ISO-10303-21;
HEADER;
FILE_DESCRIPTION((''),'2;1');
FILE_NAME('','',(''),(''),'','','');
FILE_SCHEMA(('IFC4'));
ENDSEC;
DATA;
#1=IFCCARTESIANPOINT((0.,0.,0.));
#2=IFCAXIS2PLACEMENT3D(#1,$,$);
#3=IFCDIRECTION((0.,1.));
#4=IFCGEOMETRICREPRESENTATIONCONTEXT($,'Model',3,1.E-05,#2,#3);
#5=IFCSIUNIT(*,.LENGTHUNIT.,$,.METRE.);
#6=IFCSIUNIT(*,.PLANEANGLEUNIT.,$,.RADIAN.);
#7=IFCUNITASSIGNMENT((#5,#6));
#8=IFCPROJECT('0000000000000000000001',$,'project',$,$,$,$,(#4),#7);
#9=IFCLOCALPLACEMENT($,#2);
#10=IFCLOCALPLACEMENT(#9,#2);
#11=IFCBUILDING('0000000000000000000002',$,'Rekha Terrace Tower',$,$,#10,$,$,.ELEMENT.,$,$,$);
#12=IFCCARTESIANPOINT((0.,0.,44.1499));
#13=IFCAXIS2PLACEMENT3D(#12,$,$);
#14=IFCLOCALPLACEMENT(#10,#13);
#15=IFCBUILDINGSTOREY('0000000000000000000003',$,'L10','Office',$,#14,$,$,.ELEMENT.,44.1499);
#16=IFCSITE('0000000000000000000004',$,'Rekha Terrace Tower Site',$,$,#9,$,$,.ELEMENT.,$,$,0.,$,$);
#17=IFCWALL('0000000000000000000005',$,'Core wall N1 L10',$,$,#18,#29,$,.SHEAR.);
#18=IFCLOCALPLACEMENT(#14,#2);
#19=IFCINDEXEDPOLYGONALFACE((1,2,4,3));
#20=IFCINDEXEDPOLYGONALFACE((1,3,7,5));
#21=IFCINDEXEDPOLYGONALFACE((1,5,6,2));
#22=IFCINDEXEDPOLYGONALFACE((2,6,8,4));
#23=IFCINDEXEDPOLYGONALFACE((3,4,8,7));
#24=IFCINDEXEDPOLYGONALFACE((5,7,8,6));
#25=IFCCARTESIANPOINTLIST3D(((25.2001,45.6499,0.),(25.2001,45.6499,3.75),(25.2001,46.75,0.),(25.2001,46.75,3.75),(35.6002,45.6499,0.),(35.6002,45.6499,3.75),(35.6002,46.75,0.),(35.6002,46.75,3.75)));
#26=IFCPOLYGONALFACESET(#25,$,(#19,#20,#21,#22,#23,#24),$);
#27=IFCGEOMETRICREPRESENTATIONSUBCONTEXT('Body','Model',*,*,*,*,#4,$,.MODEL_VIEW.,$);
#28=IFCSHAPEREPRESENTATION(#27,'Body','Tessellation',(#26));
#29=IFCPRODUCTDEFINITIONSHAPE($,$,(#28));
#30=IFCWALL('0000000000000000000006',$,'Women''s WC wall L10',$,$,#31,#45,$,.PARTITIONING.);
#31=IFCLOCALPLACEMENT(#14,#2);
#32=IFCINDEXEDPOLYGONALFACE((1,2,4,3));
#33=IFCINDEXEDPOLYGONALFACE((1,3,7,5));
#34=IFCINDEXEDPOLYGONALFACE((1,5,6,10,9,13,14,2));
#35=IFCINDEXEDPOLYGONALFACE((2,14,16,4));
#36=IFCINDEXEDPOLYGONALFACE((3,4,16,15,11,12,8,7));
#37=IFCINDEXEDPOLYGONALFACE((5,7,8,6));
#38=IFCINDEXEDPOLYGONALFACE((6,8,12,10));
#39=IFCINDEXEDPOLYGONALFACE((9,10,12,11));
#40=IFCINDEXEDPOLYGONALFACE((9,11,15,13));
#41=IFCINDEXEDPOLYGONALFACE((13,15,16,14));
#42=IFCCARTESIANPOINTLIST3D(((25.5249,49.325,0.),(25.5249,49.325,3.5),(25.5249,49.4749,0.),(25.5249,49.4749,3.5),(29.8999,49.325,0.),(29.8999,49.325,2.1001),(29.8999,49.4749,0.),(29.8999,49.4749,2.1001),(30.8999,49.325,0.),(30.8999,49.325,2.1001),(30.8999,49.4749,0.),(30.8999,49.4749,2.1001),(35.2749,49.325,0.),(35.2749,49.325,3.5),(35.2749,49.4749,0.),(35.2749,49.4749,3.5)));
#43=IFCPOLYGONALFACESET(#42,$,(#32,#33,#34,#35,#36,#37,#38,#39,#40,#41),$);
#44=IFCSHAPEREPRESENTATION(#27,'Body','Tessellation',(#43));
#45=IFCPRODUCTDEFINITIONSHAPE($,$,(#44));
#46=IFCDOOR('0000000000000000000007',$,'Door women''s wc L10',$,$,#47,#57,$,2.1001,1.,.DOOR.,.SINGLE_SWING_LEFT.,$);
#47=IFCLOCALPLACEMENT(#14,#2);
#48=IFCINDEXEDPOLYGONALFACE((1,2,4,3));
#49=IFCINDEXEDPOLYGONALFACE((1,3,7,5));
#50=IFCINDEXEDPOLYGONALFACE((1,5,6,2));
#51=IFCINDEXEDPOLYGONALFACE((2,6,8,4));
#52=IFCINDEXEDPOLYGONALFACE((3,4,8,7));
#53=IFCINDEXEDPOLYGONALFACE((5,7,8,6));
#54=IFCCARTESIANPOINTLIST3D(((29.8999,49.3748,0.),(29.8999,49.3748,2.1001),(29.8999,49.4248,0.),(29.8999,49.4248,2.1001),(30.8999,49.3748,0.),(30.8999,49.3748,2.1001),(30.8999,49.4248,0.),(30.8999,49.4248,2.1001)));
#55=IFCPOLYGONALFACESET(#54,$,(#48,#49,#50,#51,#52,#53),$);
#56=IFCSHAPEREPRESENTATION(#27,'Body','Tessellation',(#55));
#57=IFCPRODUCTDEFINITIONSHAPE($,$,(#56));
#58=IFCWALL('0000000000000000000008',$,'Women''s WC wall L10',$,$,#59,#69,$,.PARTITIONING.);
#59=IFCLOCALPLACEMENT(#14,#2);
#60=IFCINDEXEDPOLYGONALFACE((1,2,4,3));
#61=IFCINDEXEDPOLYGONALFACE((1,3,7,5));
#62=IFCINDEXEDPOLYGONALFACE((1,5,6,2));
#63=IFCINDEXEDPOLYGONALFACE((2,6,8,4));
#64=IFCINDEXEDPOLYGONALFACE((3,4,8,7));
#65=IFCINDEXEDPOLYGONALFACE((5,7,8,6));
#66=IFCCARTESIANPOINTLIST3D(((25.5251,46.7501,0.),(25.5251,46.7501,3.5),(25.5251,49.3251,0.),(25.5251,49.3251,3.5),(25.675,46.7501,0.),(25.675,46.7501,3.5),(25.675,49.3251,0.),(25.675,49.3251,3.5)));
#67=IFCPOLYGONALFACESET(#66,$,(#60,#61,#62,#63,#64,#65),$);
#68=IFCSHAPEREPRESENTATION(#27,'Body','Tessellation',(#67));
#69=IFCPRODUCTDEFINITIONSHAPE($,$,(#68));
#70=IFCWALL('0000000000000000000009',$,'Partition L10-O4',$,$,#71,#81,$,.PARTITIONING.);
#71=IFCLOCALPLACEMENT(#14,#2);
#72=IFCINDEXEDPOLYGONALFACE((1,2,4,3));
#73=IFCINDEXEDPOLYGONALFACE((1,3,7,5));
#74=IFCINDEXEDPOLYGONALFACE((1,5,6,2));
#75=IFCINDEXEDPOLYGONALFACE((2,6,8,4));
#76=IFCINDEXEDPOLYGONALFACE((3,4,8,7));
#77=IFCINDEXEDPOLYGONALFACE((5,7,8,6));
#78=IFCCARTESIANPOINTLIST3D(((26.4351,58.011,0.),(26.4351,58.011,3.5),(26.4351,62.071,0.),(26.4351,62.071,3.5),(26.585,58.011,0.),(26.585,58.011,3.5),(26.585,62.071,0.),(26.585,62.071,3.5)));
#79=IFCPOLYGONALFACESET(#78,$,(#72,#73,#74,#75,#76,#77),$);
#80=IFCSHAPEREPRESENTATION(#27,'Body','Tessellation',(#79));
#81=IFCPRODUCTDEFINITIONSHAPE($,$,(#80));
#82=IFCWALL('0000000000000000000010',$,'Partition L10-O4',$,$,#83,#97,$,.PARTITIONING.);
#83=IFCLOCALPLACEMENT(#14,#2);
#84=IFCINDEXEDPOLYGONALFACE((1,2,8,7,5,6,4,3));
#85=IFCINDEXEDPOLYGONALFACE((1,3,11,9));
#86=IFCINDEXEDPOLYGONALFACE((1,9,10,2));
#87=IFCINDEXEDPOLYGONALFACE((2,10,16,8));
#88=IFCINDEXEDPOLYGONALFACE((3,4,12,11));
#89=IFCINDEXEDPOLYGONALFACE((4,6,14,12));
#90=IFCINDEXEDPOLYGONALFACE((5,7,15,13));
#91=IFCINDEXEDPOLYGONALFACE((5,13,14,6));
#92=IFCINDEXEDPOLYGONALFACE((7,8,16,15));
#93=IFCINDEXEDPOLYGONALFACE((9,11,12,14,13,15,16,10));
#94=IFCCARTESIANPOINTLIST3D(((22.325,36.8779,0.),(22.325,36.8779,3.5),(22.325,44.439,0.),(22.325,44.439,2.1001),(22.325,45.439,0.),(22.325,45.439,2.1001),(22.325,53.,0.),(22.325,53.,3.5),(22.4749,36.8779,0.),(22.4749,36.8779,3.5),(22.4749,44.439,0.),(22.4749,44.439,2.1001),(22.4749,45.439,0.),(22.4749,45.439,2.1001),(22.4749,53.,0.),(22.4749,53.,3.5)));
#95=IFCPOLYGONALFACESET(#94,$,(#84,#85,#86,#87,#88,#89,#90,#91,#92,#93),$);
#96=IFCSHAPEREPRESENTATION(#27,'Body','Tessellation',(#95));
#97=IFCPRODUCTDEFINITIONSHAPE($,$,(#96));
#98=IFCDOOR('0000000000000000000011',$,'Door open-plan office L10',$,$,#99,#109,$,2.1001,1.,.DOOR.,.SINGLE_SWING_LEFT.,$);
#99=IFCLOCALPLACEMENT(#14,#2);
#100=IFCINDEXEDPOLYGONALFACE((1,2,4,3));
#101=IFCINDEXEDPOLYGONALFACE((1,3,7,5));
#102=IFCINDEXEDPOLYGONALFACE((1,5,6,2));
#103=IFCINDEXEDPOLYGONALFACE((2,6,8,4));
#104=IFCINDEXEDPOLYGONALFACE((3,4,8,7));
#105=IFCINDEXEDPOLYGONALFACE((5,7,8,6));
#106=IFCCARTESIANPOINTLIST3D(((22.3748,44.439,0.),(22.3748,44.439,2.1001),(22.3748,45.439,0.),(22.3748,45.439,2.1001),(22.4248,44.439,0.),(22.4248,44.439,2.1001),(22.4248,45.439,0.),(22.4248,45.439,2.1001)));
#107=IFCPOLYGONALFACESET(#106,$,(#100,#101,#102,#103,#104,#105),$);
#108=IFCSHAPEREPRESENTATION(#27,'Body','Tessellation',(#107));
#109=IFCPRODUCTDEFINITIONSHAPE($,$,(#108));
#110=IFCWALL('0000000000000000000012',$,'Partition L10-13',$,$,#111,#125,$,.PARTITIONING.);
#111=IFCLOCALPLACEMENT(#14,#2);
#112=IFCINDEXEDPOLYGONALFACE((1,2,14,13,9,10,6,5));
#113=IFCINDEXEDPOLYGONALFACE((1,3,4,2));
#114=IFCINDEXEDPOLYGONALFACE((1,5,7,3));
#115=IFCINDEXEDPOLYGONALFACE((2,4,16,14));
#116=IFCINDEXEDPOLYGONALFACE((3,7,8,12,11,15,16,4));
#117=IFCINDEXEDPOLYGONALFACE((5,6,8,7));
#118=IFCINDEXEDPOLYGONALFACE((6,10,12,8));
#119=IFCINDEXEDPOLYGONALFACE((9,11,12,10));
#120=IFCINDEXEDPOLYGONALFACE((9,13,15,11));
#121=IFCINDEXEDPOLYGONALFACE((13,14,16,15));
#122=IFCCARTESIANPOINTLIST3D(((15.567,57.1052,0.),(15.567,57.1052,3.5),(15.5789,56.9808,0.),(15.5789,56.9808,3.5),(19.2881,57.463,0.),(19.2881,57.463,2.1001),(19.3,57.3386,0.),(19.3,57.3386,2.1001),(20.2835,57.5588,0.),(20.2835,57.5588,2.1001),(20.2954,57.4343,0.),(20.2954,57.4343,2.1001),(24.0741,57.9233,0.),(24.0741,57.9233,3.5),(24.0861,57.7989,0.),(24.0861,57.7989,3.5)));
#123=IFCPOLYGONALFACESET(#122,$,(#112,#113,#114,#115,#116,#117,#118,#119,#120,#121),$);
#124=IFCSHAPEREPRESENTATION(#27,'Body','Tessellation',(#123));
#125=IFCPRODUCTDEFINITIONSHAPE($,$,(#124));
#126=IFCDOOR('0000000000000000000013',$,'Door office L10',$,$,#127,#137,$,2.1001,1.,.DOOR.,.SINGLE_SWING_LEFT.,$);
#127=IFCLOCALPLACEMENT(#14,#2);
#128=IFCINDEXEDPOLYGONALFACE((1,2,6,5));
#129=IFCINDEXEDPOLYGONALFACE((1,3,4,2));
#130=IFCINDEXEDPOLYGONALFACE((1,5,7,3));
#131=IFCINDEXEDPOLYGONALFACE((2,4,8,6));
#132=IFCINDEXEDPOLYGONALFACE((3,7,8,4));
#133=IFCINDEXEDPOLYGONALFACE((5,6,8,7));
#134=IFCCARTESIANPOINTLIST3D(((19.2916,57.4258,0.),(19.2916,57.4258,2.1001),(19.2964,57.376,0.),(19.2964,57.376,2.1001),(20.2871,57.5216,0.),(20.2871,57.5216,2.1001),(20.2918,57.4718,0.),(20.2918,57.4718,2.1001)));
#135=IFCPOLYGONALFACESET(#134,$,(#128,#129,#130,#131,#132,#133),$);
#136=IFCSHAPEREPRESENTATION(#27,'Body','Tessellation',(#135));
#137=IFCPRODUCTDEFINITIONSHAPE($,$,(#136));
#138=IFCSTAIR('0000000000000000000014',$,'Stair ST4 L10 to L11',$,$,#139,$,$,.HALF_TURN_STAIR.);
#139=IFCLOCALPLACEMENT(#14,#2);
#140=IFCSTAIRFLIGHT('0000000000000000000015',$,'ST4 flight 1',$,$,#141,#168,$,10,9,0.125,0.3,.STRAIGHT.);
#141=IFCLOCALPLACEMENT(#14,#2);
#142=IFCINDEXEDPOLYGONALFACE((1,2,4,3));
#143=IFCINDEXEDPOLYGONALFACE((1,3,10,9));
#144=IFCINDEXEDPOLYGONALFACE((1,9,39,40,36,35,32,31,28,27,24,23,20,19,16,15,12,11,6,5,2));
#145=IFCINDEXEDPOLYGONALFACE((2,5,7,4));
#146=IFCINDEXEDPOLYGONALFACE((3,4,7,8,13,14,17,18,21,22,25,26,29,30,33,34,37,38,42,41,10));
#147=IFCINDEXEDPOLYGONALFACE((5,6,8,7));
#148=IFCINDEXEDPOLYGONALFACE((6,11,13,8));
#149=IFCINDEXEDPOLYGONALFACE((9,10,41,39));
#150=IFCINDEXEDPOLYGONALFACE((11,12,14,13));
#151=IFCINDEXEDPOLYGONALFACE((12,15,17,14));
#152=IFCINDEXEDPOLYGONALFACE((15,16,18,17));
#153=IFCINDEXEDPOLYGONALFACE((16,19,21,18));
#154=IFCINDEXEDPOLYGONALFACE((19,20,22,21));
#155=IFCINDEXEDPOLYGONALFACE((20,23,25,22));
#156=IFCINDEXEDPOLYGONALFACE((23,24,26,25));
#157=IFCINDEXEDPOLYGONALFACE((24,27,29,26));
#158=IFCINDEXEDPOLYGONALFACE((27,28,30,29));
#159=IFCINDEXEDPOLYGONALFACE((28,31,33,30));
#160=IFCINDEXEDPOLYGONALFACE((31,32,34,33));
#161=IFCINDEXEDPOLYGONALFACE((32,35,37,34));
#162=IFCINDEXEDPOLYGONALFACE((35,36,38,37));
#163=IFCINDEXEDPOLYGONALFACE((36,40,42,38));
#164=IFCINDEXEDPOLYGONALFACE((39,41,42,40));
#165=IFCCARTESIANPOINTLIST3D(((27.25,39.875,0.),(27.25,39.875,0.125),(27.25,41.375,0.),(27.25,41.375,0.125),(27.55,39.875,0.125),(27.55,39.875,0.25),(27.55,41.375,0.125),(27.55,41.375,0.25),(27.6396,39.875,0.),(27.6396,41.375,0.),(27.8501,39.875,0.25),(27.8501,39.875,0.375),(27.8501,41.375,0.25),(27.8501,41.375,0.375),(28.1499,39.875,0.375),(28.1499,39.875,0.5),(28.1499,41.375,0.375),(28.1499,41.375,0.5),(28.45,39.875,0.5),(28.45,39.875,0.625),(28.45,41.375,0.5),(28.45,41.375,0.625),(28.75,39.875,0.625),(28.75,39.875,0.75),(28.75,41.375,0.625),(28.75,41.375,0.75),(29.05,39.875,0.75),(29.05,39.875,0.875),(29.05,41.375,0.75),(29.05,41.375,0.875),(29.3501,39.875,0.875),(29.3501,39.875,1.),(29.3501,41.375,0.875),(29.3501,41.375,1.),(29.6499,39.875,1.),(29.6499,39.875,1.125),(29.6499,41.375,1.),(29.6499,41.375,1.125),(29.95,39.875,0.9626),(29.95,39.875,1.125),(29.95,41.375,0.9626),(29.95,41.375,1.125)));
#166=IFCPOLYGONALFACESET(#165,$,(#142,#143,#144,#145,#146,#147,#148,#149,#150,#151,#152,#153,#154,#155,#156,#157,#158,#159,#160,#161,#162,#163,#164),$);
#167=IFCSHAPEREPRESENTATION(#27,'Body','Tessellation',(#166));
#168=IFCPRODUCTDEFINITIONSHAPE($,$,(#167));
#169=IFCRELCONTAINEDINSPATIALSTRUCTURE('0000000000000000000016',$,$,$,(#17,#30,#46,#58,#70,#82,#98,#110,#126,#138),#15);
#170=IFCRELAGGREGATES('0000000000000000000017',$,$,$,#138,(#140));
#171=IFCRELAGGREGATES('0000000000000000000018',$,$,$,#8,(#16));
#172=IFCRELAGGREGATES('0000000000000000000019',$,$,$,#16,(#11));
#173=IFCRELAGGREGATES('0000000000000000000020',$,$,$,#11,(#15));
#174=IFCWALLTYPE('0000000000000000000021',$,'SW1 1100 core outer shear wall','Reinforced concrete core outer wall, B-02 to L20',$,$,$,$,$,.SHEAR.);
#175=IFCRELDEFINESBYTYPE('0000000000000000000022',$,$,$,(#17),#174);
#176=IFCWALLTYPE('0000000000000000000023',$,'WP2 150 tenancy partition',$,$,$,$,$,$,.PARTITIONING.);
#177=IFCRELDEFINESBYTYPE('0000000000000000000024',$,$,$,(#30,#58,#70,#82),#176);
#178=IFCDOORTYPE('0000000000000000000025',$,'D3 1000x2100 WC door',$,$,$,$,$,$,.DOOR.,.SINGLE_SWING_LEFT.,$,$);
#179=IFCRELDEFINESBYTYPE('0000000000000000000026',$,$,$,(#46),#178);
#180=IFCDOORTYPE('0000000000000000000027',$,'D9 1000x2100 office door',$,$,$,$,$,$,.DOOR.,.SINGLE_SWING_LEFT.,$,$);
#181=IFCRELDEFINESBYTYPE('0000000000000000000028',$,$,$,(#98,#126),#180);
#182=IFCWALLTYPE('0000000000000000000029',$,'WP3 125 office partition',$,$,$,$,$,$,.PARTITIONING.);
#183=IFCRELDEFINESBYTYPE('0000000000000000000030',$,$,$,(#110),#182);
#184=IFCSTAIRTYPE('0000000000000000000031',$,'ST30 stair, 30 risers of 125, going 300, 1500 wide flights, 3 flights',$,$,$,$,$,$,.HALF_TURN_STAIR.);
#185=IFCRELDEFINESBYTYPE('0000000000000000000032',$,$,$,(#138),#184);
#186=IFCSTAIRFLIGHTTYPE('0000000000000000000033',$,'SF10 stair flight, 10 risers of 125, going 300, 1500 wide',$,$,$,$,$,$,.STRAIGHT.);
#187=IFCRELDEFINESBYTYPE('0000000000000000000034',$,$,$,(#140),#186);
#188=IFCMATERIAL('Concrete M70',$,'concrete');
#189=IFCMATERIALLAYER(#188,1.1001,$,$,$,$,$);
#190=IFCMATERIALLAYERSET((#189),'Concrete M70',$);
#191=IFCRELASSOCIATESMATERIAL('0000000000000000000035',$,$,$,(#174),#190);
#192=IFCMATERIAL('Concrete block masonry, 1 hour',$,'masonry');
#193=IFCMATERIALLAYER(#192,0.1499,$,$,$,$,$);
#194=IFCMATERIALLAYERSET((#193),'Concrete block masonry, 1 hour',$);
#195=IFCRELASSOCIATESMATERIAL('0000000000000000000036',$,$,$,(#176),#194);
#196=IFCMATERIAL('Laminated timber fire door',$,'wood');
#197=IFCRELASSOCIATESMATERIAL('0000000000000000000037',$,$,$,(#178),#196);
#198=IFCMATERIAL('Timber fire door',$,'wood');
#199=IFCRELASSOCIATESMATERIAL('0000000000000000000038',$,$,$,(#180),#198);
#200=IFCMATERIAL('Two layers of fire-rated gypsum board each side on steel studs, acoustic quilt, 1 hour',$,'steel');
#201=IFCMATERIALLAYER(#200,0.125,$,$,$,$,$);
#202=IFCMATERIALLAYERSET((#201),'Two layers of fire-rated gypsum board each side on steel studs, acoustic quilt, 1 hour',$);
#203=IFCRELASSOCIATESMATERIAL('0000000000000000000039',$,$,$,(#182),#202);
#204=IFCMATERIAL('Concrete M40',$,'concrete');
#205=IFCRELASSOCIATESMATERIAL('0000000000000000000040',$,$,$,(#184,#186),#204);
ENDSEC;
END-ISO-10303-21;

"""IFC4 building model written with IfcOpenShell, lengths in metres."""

from ifc_helpers import new_model, si_unit, direction, frame, frame_2d, origin, place, context, subcontext, project, spatial, polyline, rectangle, outline, extrude, material, layer, layer_set, type_object, element, fill, aggregate, save


model = new_model("IFC4")

# Units and contexts
model_context = context("Model", 3, precision=1e-05, world=origin(), true_north=direction((0.0, 1.0)))
body_context = subcontext(model_context, "Body", "Model", "MODEL_VIEW")
ifc_project = project(units=[si_unit("LENGTHUNIT", "METRE"), si_unit("PLANEANGLEUNIT", "RADIAN")], contexts=[model_context])

# Site, building, storey
site_placement = place(None, origin())
site = spatial("IfcSite", under=ifc_project, at=site_placement, Name="Rekha Terrace Tower Site", CompositionType="ELEMENT", RefElevation=0.0)
building_placement = place(site_placement, origin())
building = spatial("IfcBuilding", under=site, at=building_placement, Name="Rekha Terrace Tower", CompositionType="ELEMENT")
storey_placement = place(building_placement, frame((0.0, 0.0, 44.1499)))
storey = spatial("IfcBuildingStorey", under=building, at=storey_placement, Name="L10", Description="Office", CompositionType="ELEMENT", Elevation=44.1499)

# Shared definitions
ifc_material_1 = material(Name="Concrete M70", Category="concrete")

# Wall
ifc_layer_1 = layer(ifc_material_1, 1.1001)
ifc_layer_set_1 = layer_set([ifc_layer_1], Name="Concrete M70")
wall_type_1 = type_object("IfcWallType", Name="SW1 1100 core outer shear wall", Description="Reinforced concrete core outer wall, B-02 to L20", PredefinedType="SHEAR", material=ifc_layer_set_1)
wall_1_placement = place(storey_placement, frame((25.2, 46.2, 0.0), z_axis=(0.0, 0.0, 1.0), x_axis=(1.0, 0.0, 0.0)))
element("IfcWall", 1, at=wall_1_placement, inside=storey, type_object=wall_type_1, Name="Core wall N1 L10", PredefinedType="SHEAR", context=body_context, shape_type="SweptSolid", body=[
    extrude(rectangle(XDim=10.4001, YDim=1.1001, at=frame_2d((5.2002, 0.0))), origin(), (0.0, 0.0, 1.0), 3.75),
])

# Wall, opening, door
ifc_material_2 = material(Name="Concrete block masonry, 1 hour", Category="masonry")
ifc_layer_2 = layer(ifc_material_2, 0.1499)
ifc_layer_set_2 = layer_set([ifc_layer_2], Name="Concrete block masonry, 1 hour")
wall_type_2 = type_object("IfcWallType", Name="WP2 150 tenancy partition", PredefinedType="PARTITIONING", material=ifc_layer_set_2)
wall_2_placement = place(storey_placement, frame((25.5249, 49.3999, 0.0), z_axis=(0.0, 0.0, 1.0), x_axis=(1.0, 0.0, 0.0)))
wall_2 = element("IfcWall", 2, at=wall_2_placement, inside=storey, type_object=wall_type_2, Name="Women's WC wall L10", PredefinedType="PARTITIONING", context=body_context, shape_type="SweptSolid", body=[
    extrude(rectangle(XDim=9.75, YDim=0.1499, at=frame_2d((4.875, 0.0))), origin(), (0.0, 0.0, 1.0), 3.5),
])
opening_1_placement = place(wall_2_placement, frame((4.375, 0.0, 0.0)))
opening_1 = element("IfcOpeningElement", 3, at=opening_1_placement, cuts=wall_2, PredefinedType="OPENING", context=body_context, shape_type="SweptSolid", body=[
    extrude(rectangle(XDim=1.0, YDim=2.1001, at=frame_2d((0.5, 1.05))), frame((0.0, 0.085, 0.0), z_axis=(0.0, -1.0, 0.0), x_axis=(1.0, 0.0, 0.0)), (0.0, 0.0, 1.0), 0.1699),
])
ifc_material_3 = material(Name="Laminated timber fire door", Category="wood")
door_type_1 = type_object("IfcDoorType", Name="D3 1000x2100 WC door", OperationType="SINGLE_SWING_LEFT", PredefinedType="DOOR", material=ifc_material_3)
door_1_placement = place(opening_1_placement, origin())
door_1 = element("IfcDoor", 4, at=door_1_placement, inside=storey, type_object=door_type_1, Name="Door women's wc L10", OperationType="SINGLE_SWING_LEFT", OverallHeight=2.1001, OverallWidth=1.0, PredefinedType="DOOR", context=body_context, shape_type="SweptSolid", body=[
    extrude(rectangle(XDim=1.0, YDim=2.1001, at=frame_2d((0.5, 1.05))), frame((0.0, 0.0249, 0.0), z_axis=(0.0, -1.0, 0.0), x_axis=(1.0, 0.0, 0.0)), (0.0, 0.0, 1.0), 0.05),
])
fill(opening_1, door_1)

# Walls
wall_3_placement = place(storey_placement, frame((25.6001, 46.75, 0.0), z_axis=(0.0, 0.0, 1.0), x_axis=(0.0, 1.0, 0.0)))
element("IfcWall", 5, at=wall_3_placement, inside=storey, type_object=wall_type_2, Name="Women's WC wall L10", PredefinedType="PARTITIONING", context=body_context, shape_type="SweptSolid", body=[
    extrude(rectangle(XDim=2.575, YDim=0.1499, at=frame_2d((1.2876, 0.0))), origin(), (0.0, 0.0, 1.0), 3.5),
])
wall_4_placement = place(storey_placement, frame((26.51, 62.071, 0.0), z_axis=(0.0, 0.0, 1.0), x_axis=(0.0, -1.0, 0.0)))
element("IfcWall", 6, at=wall_4_placement, inside=storey, type_object=wall_type_2, Name="Partition L10-O4", PredefinedType="PARTITIONING", context=body_context, shape_type="SweptSolid", body=[
    extrude(rectangle(XDim=4.0601, YDim=0.1499, at=frame_2d((2.03, 0.0))), origin(), (0.0, 0.0, 1.0), 3.5),
])

# Walls, openings, doors
wall_5_placement = place(storey_placement, frame((22.3999, 53.0, 0.0), z_axis=(0.0, 0.0, 1.0), x_axis=(0.0, -1.0, 0.0)))
wall_5 = element("IfcWall", 7, at=wall_5_placement, inside=storey, type_object=wall_type_2, Name="Partition L10-O4", PredefinedType="PARTITIONING", context=body_context, shape_type="SweptSolid", body=[
    extrude(rectangle(XDim=16.1221, YDim=0.1499, at=frame_2d((8.061, 0.0))), origin(), (0.0, 0.0, 1.0), 3.5),
])
opening_2_placement = place(wall_5_placement, frame((7.561, 0.0, 0.0)))
opening_2 = element("IfcOpeningElement", 8, at=opening_2_placement, cuts=wall_5, PredefinedType="OPENING", context=body_context, shape_type="SweptSolid", body=[
    extrude(rectangle(XDim=1.0, YDim=2.1001, at=frame_2d((0.5, 1.05))), frame((0.0, 0.085, 0.0), z_axis=(0.0, -1.0, 0.0), x_axis=(1.0, 0.0, 0.0)), (0.0, 0.0, 1.0), 0.1699),
])
ifc_material_4 = material(Name="Timber fire door", Category="wood")
door_type_2 = type_object("IfcDoorType", Name="D9 1000x2100 office door", OperationType="SINGLE_SWING_LEFT", PredefinedType="DOOR", material=ifc_material_4)
door_2_placement = place(opening_2_placement, origin())
door_2 = element("IfcDoor", 9, at=door_2_placement, inside=storey, type_object=door_type_2, Name="Door open-plan office L10", OperationType="SINGLE_SWING_LEFT", OverallHeight=2.1001, OverallWidth=1.0, PredefinedType="DOOR", context=body_context, shape_type="SweptSolid", body=[
    extrude(rectangle(XDim=1.0, YDim=2.1001, at=frame_2d((0.5, 1.05))), frame((0.0, 0.0249, 0.0), z_axis=(0.0, -1.0, 0.0), x_axis=(1.0, 0.0, 0.0)), (0.0, 0.0, 1.0), 0.05),
])
fill(opening_2, door_2)
ifc_material_5 = material(Name="Two layers of fire-rated gypsum board each side on steel studs, acoustic quilt, 1 hour", Category="steel")
ifc_layer_3 = layer(ifc_material_5, 0.125)
ifc_layer_set_3 = layer_set([ifc_layer_3], Name="Two layers of fire-rated gypsum board each side on steel studs, acoustic quilt, 1 hour")
wall_type_3 = type_object("IfcWallType", Name="WP3 125 office partition", PredefinedType="PARTITIONING", material=ifc_layer_set_3)
wall_6_placement = place(storey_placement, frame((24.0801, 57.8611, 0.0), z_axis=(0.0, 0.0, 1.0), x_axis=(-0.995408, -0.095727, 0.0)))
wall_6 = element("IfcWall", 10, at=wall_6_placement, inside=storey, type_object=wall_type_3, Name="Partition L10-13", PredefinedType="PARTITIONING", context=body_context, shape_type="SweptSolid", body=[
    extrude(rectangle(XDim=8.5464, YDim=0.125, at=frame_2d((4.2732, 0.0))), origin(), (0.0, 0.0, 1.0), 3.5),
])
opening_3_placement = place(wall_6_placement, frame((3.8081, 0.0, 0.0)))
opening_3 = element("IfcOpeningElement", 11, at=opening_3_placement, cuts=wall_6, PredefinedType="OPENING", context=body_context, shape_type="SweptSolid", body=[
    extrude(rectangle(XDim=1.0, YDim=2.1001, at=frame_2d((0.5, 1.05))), frame((0.0, 0.0725, 0.0), z_axis=(0.0, -1.0, 0.0), x_axis=(1.0, 0.0, 0.0)), (0.0, 0.0, 1.0), 0.145),
])
door_3_placement = place(opening_3_placement, origin())
door_3 = element("IfcDoor", 12, at=door_3_placement, inside=storey, type_object=door_type_2, Name="Door office L10", OperationType="SINGLE_SWING_LEFT", OverallHeight=2.1001, OverallWidth=1.0, PredefinedType="DOOR", context=body_context, shape_type="SweptSolid", body=[
    extrude(rectangle(XDim=1.0, YDim=2.1001, at=frame_2d((0.5, 1.05))), frame((0.0, 0.0249, 0.0), z_axis=(0.0, -1.0, 0.0), x_axis=(1.0, 0.0, 0.0)), (0.0, 0.0, 1.0), 0.05),
])
fill(opening_3, door_3)

# Stair, stair flight
ifc_material_6 = material(Name="Concrete M40", Category="concrete")
stair_type = type_object("IfcStairType", Name="ST30 stair, 30 risers of 125, going 300, 1500 wide flights, 3 flights", PredefinedType="HALF_TURN_STAIR", material=ifc_material_6)
stair_placement = place(storey_placement, origin())
stair = element("IfcStair", 13, at=stair_placement, inside=storey, type_object=stair_type, Name="Stair ST4 L10 to L11", PredefinedType="HALF_TURN_STAIR")
stair_flight_type = type_object("IfcStairFlightType", Name="SF10 stair flight, 10 risers of 125, going 300, 1500 wide", PredefinedType="STRAIGHT", material=ifc_material_6)
stair_flight_1_placement = place(storey_placement, frame((27.25, 40.625, 0.0), z_axis=(0.0, 0.0, 1.0), x_axis=(1.0, 0.0, 0.0)))
stair_flight_1 = element("IfcStairFlight", 14, at=stair_flight_1_placement, type_object=stair_flight_type, Name="ST4 flight 1", NumberOfRisers=10, NumberOfTreads=9, PredefinedType="STRAIGHT", RiserHeight=0.125, TreadLength=0.3, context=body_context, shape_type="SweptSolid", body=[
    extrude(outline(polyline([(0.0, 0.0), (0.0, 0.125), (0.3, 0.125), (0.3, 0.25), (0.6001, 0.25), (0.6001, 0.375), (0.8999, 0.375), (0.8999, 0.5), (1.2, 0.5), (1.2, 0.625), (1.5, 0.625), (1.5, 0.75), (1.8, 0.75), (1.8, 0.875), (2.1001, 0.875), (2.1001, 1.0), (2.3999, 1.0), (2.3999, 1.125), (2.7, 1.125), (2.7, 1.25), (2.7, 0.9626), (0.3896, 0.0), (0.0, 0.0)])), frame((0.0, 0.75, 0.0), z_axis=(0.0, -1.0, 0.0), x_axis=(1.0, 0.0, 0.0)), (0.0, 0.0, 1.0), 1.5),
])
aggregate(stair, [stair_flight_1])

save(model, "model.ifc")
